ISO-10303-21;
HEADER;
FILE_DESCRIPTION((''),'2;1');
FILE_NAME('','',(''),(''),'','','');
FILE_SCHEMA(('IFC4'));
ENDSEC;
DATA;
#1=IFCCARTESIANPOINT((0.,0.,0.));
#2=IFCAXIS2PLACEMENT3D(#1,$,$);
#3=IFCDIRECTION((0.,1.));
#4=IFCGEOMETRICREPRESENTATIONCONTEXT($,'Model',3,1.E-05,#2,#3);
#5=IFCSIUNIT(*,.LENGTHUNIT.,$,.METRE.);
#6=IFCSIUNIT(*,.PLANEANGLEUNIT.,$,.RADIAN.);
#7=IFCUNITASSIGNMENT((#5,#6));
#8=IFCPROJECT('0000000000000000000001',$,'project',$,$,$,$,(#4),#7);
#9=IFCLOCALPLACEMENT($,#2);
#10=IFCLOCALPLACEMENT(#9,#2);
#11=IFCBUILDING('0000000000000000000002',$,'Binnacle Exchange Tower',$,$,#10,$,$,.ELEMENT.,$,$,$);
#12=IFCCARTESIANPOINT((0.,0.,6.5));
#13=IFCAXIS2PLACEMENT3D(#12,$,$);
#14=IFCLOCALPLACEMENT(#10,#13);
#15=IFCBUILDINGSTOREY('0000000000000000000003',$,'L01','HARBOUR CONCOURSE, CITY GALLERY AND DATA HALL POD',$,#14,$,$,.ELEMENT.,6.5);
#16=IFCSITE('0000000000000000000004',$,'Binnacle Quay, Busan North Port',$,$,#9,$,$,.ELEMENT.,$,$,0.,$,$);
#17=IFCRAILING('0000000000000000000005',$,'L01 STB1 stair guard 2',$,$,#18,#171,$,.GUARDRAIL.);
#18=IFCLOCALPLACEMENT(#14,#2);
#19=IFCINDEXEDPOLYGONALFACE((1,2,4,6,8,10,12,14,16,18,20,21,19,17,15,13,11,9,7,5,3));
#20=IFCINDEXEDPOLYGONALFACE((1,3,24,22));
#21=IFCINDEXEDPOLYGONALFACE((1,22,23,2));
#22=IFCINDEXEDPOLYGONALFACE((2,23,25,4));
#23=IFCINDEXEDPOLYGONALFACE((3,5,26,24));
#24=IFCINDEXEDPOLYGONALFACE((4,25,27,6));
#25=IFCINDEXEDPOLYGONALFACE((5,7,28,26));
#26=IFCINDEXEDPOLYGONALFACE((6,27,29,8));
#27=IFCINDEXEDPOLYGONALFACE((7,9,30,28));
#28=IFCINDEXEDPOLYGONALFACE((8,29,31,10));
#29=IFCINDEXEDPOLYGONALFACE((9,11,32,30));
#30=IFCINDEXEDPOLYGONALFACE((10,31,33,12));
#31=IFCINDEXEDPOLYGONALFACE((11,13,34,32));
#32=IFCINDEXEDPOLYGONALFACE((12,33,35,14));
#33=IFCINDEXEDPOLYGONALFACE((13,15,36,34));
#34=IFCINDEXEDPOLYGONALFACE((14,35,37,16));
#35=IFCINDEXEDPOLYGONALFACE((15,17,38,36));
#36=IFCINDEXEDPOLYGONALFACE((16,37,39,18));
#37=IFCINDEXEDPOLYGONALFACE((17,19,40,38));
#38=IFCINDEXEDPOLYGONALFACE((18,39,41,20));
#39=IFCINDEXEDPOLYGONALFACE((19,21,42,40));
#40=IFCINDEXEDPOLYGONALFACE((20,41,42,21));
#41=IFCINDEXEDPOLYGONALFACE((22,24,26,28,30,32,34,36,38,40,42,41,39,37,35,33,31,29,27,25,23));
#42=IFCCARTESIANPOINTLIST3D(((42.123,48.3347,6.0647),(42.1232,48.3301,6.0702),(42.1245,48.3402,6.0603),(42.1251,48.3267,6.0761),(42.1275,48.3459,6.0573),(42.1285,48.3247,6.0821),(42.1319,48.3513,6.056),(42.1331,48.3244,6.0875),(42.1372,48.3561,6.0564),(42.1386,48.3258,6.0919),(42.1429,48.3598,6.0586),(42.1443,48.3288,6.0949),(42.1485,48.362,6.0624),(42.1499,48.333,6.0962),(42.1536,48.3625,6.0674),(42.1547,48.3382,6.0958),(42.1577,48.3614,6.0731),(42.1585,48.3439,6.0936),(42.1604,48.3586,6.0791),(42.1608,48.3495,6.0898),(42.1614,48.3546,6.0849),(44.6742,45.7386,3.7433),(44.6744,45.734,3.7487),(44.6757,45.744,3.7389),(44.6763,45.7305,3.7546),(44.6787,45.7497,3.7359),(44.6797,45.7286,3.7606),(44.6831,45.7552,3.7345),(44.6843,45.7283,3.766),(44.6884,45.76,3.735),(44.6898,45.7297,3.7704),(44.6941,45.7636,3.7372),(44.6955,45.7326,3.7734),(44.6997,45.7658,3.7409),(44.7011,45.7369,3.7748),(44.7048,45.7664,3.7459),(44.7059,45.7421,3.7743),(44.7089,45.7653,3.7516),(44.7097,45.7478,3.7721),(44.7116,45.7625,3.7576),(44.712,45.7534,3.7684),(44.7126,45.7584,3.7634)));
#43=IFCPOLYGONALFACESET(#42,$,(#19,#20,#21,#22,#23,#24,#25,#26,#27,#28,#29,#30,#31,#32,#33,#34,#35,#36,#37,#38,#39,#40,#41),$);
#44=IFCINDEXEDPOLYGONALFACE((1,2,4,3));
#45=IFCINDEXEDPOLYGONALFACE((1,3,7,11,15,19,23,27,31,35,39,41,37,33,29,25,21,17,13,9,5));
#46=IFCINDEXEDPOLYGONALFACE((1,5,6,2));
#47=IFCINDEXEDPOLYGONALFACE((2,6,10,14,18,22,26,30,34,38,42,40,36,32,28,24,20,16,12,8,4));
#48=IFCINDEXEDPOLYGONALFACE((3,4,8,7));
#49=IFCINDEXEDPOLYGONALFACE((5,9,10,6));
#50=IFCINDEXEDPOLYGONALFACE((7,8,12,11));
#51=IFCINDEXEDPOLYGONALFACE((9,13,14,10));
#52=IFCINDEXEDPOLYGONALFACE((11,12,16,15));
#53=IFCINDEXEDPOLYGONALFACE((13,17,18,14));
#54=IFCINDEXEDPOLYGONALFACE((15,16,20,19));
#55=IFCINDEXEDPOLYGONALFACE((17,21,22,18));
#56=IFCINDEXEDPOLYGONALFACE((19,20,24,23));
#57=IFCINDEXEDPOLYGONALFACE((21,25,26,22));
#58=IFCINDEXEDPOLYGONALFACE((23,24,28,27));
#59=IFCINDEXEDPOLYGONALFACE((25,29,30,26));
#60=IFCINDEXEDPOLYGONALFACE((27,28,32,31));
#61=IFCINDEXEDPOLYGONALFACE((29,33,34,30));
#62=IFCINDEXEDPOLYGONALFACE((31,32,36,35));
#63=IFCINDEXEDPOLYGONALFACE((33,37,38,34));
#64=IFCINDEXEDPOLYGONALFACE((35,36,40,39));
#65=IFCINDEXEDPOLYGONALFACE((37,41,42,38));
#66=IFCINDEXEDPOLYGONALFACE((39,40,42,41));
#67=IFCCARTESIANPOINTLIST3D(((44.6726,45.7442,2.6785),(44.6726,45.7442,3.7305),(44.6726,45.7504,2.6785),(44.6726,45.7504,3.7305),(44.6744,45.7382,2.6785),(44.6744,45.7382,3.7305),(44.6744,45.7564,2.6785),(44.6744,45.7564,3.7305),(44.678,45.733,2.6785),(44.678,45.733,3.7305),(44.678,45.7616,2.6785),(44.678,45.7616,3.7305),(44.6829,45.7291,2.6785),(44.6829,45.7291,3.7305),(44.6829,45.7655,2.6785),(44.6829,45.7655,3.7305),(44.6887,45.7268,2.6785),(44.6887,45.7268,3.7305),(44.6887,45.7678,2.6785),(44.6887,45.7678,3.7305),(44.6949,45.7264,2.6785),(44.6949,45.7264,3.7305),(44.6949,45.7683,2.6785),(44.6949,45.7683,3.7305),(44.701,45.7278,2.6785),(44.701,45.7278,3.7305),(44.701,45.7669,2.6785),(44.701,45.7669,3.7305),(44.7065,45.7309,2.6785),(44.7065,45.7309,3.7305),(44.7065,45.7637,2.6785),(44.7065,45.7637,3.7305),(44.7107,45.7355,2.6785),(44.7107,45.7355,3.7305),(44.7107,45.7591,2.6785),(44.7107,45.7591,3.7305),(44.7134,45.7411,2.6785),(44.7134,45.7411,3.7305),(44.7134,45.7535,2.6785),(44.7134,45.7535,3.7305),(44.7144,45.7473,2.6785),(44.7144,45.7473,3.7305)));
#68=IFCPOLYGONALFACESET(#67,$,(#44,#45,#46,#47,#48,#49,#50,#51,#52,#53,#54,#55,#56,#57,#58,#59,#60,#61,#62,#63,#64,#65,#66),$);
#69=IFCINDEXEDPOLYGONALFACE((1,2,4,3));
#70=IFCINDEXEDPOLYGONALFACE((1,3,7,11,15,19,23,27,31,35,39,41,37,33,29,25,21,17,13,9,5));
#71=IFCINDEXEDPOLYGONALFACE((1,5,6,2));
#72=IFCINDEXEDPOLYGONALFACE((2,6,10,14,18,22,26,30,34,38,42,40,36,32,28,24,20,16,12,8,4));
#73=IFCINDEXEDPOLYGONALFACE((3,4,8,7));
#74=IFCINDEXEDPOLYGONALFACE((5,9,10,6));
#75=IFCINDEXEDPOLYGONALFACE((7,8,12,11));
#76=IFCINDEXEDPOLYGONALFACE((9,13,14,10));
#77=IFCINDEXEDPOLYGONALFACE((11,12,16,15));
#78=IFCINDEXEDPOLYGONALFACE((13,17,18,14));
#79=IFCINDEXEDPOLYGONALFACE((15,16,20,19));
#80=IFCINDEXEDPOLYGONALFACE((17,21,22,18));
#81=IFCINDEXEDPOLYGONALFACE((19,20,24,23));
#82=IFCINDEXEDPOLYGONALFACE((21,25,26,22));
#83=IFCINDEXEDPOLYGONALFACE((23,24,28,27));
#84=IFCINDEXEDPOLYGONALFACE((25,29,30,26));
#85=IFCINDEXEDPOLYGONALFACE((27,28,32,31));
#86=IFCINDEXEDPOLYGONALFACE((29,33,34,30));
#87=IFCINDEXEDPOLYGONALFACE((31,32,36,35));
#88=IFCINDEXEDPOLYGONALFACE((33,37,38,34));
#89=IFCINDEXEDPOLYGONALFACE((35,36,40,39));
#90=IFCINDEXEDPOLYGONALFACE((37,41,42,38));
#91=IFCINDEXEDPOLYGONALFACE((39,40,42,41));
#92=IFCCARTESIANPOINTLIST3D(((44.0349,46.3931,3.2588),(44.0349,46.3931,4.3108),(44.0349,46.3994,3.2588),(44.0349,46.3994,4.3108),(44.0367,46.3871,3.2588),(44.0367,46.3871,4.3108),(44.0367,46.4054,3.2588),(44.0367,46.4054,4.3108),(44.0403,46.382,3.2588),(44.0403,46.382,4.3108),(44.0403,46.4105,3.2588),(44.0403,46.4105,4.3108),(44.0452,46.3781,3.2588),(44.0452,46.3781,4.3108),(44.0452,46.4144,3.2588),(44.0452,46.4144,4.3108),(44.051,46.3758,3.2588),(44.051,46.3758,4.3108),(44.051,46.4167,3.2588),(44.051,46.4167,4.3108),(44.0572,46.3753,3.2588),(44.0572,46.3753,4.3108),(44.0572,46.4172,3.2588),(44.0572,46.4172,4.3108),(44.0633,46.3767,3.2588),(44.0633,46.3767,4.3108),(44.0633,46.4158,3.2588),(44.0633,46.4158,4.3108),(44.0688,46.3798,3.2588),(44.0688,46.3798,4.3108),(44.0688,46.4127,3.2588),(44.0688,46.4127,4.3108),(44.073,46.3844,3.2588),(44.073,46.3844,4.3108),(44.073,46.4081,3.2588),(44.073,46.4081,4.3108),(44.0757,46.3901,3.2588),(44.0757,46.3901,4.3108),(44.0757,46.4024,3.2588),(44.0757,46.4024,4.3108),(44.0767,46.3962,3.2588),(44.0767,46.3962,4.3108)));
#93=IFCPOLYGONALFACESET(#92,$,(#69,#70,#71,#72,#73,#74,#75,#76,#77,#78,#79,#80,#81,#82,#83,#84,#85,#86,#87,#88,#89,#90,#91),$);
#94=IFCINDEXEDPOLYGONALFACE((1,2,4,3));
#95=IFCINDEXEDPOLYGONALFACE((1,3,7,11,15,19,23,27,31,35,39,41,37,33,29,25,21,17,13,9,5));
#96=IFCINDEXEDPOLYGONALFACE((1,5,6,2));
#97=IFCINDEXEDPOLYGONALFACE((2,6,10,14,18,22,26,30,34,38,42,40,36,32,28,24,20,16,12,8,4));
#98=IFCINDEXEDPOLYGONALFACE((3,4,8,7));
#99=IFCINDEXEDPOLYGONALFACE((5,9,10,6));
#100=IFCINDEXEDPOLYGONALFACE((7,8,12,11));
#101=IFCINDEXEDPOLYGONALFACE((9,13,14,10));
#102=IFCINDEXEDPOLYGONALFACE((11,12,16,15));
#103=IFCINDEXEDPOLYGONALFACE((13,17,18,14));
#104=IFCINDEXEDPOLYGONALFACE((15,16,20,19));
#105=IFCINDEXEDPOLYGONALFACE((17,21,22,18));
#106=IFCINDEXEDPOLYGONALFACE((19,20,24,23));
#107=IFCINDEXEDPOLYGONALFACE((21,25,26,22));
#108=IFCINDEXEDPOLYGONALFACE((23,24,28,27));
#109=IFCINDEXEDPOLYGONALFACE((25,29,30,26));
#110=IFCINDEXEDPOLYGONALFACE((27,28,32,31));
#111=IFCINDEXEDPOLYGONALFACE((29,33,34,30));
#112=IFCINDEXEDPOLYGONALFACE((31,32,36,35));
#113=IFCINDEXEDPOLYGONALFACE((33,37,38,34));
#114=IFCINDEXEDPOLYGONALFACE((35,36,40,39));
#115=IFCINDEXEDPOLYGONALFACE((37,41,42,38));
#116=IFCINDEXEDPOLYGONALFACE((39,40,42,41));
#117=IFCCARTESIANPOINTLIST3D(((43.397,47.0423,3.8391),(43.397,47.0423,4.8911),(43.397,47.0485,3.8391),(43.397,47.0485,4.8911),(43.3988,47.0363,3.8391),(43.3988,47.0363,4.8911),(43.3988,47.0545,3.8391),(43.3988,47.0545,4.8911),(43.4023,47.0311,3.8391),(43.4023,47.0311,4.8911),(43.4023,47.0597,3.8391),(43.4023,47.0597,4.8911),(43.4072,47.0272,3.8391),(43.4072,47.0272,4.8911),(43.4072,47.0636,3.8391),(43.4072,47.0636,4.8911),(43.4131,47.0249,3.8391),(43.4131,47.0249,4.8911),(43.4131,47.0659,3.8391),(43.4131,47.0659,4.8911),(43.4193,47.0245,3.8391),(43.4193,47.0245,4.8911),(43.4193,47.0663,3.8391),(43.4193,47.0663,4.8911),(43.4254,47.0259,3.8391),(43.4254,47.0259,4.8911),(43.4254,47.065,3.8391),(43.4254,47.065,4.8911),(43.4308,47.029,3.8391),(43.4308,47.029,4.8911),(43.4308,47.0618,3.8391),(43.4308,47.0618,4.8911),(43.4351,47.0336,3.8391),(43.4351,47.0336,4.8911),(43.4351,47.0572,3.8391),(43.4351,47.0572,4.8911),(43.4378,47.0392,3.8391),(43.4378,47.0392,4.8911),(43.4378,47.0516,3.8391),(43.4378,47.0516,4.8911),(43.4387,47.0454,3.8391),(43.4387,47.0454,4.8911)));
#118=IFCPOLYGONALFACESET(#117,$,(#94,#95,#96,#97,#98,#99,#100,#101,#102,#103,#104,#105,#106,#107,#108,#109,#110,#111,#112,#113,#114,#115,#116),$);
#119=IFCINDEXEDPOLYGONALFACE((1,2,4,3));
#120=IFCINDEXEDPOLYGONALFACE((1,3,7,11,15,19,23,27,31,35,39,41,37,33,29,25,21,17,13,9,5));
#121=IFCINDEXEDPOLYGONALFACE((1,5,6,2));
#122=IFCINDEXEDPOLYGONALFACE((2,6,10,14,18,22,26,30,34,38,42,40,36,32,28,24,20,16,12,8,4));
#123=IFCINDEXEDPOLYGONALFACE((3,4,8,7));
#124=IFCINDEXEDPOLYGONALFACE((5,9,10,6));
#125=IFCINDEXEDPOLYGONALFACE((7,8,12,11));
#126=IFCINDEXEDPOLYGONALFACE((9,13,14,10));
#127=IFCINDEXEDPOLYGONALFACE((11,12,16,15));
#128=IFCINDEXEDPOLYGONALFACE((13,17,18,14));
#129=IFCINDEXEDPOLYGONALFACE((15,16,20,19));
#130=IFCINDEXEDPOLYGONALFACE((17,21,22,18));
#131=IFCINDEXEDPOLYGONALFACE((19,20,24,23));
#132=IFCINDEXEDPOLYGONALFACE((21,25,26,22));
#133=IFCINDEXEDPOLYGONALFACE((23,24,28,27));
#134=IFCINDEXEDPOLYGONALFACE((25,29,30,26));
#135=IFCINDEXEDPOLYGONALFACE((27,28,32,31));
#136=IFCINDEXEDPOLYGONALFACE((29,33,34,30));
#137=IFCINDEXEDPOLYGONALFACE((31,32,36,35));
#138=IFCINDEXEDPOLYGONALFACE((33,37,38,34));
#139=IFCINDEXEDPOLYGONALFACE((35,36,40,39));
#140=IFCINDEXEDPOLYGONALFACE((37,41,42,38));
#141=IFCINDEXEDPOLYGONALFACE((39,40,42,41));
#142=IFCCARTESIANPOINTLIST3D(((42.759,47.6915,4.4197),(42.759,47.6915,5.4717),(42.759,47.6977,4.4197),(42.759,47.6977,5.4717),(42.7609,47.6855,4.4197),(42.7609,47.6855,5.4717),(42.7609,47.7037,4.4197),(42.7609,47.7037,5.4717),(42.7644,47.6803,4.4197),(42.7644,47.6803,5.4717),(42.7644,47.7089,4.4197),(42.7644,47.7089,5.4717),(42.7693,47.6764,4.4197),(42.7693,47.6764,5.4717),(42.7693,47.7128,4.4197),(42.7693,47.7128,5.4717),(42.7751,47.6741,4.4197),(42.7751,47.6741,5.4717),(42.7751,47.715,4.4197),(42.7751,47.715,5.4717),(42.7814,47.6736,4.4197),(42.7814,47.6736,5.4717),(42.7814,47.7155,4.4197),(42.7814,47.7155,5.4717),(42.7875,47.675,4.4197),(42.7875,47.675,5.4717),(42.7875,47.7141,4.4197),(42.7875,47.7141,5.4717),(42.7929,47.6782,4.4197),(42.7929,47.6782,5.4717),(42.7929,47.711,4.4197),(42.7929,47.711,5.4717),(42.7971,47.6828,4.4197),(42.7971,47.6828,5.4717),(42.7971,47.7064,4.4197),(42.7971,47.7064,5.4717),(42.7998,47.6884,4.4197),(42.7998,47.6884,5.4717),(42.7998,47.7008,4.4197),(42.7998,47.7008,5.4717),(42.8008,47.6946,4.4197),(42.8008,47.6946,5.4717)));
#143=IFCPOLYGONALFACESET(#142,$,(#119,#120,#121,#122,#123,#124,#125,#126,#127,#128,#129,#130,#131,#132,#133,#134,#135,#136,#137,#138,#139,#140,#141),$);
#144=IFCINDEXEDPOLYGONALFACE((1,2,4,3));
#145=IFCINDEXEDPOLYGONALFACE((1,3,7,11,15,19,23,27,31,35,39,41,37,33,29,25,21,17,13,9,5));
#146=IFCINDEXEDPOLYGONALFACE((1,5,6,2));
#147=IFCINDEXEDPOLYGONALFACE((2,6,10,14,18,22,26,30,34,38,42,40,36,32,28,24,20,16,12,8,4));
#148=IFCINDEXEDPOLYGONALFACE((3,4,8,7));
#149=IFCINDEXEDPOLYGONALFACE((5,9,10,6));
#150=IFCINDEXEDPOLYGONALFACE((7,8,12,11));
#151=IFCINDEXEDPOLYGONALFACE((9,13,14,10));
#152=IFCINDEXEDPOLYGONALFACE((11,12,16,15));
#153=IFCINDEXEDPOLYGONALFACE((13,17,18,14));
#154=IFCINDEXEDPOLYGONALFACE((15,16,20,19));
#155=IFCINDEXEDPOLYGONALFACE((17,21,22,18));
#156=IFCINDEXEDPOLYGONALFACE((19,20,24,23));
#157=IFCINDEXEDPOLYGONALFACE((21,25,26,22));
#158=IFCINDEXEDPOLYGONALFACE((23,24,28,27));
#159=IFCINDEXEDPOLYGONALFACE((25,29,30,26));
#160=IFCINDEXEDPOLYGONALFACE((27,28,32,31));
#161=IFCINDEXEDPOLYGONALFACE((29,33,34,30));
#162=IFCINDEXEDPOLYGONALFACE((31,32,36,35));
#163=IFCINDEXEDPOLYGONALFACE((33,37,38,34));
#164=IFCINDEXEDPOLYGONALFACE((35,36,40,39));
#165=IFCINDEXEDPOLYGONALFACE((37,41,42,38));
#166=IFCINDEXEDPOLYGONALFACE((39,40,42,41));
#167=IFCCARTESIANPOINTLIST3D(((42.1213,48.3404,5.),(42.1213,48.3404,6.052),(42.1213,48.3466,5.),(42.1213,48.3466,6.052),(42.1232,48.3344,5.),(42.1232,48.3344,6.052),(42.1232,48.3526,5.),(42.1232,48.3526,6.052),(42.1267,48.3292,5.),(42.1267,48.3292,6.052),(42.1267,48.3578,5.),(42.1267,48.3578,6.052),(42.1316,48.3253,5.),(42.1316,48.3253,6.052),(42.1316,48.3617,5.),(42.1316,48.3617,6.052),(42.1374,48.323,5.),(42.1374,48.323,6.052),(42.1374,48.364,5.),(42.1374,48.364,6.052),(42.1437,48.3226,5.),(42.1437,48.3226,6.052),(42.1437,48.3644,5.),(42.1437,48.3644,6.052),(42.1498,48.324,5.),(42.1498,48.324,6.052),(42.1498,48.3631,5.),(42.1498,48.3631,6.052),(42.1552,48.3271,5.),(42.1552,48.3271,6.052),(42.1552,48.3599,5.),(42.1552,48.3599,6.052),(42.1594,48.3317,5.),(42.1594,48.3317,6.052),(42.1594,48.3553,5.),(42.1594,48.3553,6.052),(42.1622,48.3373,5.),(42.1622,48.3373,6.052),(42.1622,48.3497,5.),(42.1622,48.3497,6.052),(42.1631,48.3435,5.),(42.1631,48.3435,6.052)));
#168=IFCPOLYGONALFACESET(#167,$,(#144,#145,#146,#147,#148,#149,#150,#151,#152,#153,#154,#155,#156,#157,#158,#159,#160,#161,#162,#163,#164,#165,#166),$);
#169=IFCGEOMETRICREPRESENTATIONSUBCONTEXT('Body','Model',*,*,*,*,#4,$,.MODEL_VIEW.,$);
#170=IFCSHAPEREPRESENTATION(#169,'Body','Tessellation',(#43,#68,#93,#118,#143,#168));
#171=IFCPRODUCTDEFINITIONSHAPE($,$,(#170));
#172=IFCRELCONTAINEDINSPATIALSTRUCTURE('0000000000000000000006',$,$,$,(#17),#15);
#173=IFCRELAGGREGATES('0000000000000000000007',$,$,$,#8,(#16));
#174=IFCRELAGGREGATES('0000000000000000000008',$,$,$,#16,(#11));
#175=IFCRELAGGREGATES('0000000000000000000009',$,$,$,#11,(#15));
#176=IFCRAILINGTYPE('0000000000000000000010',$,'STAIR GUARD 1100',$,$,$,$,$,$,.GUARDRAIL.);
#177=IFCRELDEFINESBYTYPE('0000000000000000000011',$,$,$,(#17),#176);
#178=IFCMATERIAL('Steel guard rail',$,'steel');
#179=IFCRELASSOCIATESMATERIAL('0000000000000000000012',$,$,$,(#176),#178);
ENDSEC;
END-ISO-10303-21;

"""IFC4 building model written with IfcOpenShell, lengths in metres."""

from ifc_helpers import new_model, si_unit, direction, frame, origin, origin_2d, place, context, subcontext, project, spatial, circle, extrude, material, type_object, element, save


model = new_model("IFC4")

# Units and contexts
model_context = context("Model", 3, precision=1e-05, world=origin(), true_north=direction((0.0, 1.0)))
body_context = subcontext(model_context, "Body", "Model", "MODEL_VIEW")
ifc_project = project(units=[si_unit("LENGTHUNIT", "METRE"), si_unit("PLANEANGLEUNIT", "RADIAN")], contexts=[model_context])

# Site, building, storey
site_placement = place(None, origin())
site = spatial("IfcSite", under=ifc_project, at=site_placement, Name="Binnacle Quay, Busan North Port", CompositionType="ELEMENT", RefElevation=0.0)
building_placement = place(site_placement, origin())
building = spatial("IfcBuilding", under=site, at=building_placement, Name="Binnacle Exchange Tower", CompositionType="ELEMENT")
storey_placement = place(building_placement, frame((0.0, 0.0, 6.5)))
storey = spatial("IfcBuildingStorey", under=building, at=storey_placement, Name="L01", Description="HARBOUR CONCOURSE, CITY GALLERY AND DATA HALL POD", CompositionType="ELEMENT", Elevation=6.5)

# Railing
ifc_material_1 = material(Name="Steel guard rail", Category="steel")
railing_type = type_object("IfcRailingType", Name="STAIR GUARD 1100", PredefinedType="GUARDRAIL", material=ifc_material_1)
railing_placement = place(storey_placement, frame((44.6934, 45.7473, 2.6785)))
element("IfcRailing", 1, at=railing_placement, inside=storey, type_object=railing_type, Name="L01 STB1 stair guard 2", PredefinedType="GUARDRAIL", context=body_context, shape_type="SweptSolid", body=[
    extrude(circle(Radius=0.0239, at=origin_2d()), frame((0.0, 0.0, 1.0762), z_axis=(-0.590947, 0.601352, 0.537733), x_axis=(-0.713251, -0.700909, 0.0)), (0.0, 0.0, 1.0), 4.3171),
    extrude(circle(Radius=0.021, at=origin_2d()), origin(), (0.0, 0.0, 1.0), 1.052),
    extrude(circle(Radius=0.021, at=origin_2d()), frame((-0.6377, 0.6489, 0.5803)), (0.0, 0.0, 1.0), 1.052),
    extrude(circle(Radius=0.021, at=origin_2d()), frame((-1.2756, 1.2981, 1.1606)), (0.0, 0.0, 1.0), 1.052),
    extrude(circle(Radius=0.021, at=origin_2d()), frame((-1.9136, 1.9473, 1.7412)), (0.0, 0.0, 1.0), 1.052),
    extrude(circle(Radius=0.021, at=origin_2d()), frame((-2.5513, 2.5962, 2.3215)), (0.0, 0.0, 1.0), 1.052),
])

save(model, "model.ifc")
